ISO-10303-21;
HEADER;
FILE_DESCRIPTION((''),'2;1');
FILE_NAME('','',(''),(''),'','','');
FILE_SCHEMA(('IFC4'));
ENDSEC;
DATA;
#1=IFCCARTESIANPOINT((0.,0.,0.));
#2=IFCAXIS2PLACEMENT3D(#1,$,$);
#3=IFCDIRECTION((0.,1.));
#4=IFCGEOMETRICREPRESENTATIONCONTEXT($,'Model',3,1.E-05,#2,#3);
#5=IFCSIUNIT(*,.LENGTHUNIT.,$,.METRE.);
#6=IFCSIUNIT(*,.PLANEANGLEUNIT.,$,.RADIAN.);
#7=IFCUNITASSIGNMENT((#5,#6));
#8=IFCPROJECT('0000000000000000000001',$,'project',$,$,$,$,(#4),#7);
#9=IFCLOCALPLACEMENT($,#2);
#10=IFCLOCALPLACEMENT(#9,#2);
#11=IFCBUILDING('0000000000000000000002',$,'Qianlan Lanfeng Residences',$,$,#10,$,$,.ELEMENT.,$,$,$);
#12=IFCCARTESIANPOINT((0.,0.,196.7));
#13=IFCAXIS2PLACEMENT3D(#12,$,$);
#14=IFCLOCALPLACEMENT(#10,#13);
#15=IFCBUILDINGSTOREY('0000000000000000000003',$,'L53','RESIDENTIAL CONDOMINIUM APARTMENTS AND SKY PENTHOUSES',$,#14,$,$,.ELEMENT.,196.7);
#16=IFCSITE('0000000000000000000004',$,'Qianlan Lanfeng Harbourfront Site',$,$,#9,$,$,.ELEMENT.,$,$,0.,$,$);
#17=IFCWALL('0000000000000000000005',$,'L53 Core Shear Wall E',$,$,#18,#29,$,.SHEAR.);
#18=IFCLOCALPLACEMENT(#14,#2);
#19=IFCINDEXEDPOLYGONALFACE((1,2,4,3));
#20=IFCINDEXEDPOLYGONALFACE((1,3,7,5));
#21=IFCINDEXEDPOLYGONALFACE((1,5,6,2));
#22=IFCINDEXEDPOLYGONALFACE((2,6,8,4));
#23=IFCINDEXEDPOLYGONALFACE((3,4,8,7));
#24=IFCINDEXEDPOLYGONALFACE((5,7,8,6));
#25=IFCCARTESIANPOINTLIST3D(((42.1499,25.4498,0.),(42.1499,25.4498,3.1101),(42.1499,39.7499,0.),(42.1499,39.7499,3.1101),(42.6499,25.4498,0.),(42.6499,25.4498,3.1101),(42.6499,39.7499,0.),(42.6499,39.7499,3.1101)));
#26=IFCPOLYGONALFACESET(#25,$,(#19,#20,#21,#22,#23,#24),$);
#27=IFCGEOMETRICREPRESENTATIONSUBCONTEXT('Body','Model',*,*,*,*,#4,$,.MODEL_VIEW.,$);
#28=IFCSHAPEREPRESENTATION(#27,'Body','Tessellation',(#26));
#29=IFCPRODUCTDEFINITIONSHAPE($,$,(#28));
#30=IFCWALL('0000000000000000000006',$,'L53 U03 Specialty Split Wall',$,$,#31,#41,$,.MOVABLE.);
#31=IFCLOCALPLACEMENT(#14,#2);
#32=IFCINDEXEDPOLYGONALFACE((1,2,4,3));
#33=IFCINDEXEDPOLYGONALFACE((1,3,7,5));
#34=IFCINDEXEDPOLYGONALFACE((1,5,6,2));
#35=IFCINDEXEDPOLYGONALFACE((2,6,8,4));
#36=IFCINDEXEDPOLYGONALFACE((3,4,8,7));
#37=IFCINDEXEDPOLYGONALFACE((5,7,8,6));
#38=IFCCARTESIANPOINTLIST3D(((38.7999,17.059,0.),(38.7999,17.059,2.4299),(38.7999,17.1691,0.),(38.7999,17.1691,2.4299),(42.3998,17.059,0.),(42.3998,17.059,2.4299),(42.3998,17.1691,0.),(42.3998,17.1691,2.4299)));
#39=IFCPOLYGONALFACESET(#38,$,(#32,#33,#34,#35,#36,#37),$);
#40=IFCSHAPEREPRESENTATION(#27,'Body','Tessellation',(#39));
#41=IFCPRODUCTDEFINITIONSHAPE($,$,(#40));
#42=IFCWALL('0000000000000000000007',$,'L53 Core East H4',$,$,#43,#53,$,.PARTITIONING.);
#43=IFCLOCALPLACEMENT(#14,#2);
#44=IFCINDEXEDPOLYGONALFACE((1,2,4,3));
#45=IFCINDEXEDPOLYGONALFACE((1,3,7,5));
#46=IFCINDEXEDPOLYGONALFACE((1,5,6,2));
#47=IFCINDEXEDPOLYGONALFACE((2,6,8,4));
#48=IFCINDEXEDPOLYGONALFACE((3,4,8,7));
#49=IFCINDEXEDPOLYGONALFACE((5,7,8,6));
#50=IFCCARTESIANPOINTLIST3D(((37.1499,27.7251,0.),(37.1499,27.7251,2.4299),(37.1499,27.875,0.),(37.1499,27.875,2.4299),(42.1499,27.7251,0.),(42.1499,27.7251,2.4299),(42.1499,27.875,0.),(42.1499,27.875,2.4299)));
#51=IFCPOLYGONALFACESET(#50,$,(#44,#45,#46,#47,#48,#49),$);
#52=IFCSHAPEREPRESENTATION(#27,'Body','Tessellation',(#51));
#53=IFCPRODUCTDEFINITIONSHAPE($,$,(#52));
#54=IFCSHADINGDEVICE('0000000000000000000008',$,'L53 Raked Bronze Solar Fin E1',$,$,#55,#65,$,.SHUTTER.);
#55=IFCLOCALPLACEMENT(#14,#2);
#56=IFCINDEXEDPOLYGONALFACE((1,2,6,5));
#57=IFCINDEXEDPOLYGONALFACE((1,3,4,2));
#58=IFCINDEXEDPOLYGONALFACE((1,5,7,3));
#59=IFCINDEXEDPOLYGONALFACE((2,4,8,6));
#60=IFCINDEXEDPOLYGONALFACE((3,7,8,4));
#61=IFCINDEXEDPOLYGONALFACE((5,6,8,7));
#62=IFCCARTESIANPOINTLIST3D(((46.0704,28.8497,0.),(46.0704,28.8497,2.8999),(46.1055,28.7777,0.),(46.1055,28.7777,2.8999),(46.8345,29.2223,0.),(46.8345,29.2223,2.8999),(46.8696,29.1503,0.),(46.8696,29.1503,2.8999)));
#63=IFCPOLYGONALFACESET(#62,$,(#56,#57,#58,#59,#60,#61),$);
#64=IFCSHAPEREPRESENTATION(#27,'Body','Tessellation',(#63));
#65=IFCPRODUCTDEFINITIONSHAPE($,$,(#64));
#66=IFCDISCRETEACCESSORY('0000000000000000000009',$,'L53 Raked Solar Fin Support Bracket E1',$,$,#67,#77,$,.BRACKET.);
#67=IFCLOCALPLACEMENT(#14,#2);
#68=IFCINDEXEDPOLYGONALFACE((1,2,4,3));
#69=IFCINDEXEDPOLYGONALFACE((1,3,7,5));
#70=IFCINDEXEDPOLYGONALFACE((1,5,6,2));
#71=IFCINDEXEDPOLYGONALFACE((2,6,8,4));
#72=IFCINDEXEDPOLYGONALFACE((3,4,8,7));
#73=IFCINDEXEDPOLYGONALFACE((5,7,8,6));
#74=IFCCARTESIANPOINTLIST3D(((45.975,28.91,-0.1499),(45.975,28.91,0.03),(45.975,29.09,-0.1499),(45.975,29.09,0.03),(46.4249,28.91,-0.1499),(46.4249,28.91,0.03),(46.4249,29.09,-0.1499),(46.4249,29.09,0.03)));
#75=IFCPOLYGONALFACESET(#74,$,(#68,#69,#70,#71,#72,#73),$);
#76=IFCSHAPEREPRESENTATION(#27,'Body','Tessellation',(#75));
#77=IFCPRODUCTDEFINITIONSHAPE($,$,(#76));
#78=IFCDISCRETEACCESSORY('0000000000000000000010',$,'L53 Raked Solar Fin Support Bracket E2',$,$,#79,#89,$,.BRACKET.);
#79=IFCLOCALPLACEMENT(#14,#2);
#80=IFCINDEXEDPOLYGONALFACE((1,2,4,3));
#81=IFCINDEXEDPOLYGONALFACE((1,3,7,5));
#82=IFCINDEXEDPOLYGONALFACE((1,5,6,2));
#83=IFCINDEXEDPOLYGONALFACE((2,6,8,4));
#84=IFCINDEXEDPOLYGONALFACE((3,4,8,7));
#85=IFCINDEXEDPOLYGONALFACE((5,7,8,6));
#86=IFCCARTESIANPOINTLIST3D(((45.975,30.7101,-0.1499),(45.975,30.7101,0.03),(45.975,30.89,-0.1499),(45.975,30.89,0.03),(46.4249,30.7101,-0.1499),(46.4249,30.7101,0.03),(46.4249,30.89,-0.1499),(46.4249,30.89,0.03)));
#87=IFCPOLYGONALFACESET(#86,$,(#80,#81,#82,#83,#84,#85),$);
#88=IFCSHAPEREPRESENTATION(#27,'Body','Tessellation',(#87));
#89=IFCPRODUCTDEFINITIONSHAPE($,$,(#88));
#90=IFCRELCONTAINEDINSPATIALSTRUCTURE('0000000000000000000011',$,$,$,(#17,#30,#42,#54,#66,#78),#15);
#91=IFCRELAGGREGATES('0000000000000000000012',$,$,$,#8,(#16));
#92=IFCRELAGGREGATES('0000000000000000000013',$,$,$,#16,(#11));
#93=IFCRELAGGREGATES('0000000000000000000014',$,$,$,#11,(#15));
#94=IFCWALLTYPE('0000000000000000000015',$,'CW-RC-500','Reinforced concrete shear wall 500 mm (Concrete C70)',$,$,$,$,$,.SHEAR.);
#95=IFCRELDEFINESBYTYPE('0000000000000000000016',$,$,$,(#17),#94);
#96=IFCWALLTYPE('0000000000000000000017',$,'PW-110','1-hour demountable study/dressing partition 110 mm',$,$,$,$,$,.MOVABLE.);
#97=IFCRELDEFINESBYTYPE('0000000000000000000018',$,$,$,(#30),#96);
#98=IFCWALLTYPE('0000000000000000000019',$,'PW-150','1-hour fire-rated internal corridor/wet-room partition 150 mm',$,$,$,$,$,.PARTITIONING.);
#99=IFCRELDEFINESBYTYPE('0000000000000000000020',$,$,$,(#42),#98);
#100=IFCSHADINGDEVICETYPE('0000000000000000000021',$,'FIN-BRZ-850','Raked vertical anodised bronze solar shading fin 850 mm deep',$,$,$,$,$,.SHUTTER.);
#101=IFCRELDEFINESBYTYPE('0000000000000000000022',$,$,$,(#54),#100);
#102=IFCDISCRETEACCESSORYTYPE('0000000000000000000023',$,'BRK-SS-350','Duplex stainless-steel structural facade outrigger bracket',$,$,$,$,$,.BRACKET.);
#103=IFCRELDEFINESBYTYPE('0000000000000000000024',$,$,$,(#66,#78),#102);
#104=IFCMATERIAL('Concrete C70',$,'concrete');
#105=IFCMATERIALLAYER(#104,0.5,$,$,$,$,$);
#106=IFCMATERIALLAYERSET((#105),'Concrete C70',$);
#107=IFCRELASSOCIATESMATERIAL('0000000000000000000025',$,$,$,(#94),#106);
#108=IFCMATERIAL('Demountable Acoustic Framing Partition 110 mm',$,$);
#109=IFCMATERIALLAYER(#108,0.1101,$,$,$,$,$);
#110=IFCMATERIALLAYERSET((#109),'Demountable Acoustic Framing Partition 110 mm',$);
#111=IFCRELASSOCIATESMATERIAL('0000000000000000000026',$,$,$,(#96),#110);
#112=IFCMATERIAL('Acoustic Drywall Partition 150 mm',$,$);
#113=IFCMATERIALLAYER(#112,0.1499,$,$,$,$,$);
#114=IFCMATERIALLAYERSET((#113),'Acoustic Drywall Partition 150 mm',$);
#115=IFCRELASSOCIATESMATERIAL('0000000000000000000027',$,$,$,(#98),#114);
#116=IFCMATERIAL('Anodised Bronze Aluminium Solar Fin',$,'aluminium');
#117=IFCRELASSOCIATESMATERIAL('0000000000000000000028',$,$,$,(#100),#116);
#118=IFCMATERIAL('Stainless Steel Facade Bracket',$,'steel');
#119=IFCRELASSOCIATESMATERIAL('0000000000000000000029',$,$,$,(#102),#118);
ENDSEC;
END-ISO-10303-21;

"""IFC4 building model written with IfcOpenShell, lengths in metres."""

from ifc_helpers import new_model, si_unit, direction, frame, frame_2d, origin, origin_2d, place, context, subcontext, project, spatial, rectangle, extrude, source, transform, mapped, material, layer, layer_set, type_object, element, save


model = new_model("IFC4")

# Units and contexts
model_context = context("Model", 3, precision=1e-05, world=origin(), true_north=direction((0.0, 1.0)))
body_context = subcontext(model_context, "Body", "Model", "MODEL_VIEW")
ifc_project = project(units=[si_unit("LENGTHUNIT", "METRE"), si_unit("PLANEANGLEUNIT", "RADIAN")], contexts=[model_context])

# Site, building, storey
site_placement = place(None, origin())
site = spatial("IfcSite", under=ifc_project, at=site_placement, Name="Qianlan Lanfeng Harbourfront Site", CompositionType="ELEMENT", RefElevation=0.0)
building_placement = place(site_placement, origin())
building = spatial("IfcBuilding", under=site, at=building_placement, Name="Qianlan Lanfeng Residences", CompositionType="ELEMENT")
storey_placement = place(building_placement, frame((0.0, 0.0, 196.7)))
storey = spatial("IfcBuildingStorey", under=building, at=storey_placement, Name="L53", Description="RESIDENTIAL CONDOMINIUM APARTMENTS AND SKY PENTHOUSES", CompositionType="ELEMENT", Elevation=196.7)

# Walls
ifc_material_1 = material(Name="Concrete C70", Category="concrete")
ifc_layer_1 = layer(ifc_material_1, 0.5)
ifc_layer_set_1 = layer_set([ifc_layer_1], Name="Concrete C70")
wall_type_1 = type_object("IfcWallType", Name="CW-RC-500", Description="Reinforced concrete shear wall 500 mm (Concrete C70)", PredefinedType="SHEAR", material=ifc_layer_set_1)
wall_1_placement = place(storey_placement, frame((42.3999, 25.45, 0.0), z_axis=(0.0, 0.0, 1.0), x_axis=(0.0, 1.0, 0.0)))
element("IfcWall", 1, at=wall_1_placement, inside=storey, type_object=wall_type_1, Name="L53 Core Shear Wall E", PredefinedType="SHEAR", context=body_context, shape_type="SweptSolid", body=[
    extrude(rectangle(XDim=14.3, YDim=0.5, at=frame_2d((7.1499, 0.0))), origin(), (0.0, 0.0, 1.0), 3.1101),
])
ifc_material_2 = material(Name="Demountable Acoustic Framing Partition 110 mm")
ifc_layer_2 = layer(ifc_material_2, 0.1101)
ifc_layer_set_2 = layer_set([ifc_layer_2], Name="Demountable Acoustic Framing Partition 110 mm")
wall_type_2 = type_object("IfcWallType", Name="PW-110", Description="1-hour demountable study/dressing partition 110 mm", PredefinedType="MOVABLE", material=ifc_layer_set_2)
wall_2_placement = place(storey_placement, frame((38.8, 17.114, 0.0), z_axis=(0.0, 0.0, 1.0), x_axis=(1.0, 0.0, 0.0)))
element("IfcWall", 2, at=wall_2_placement, inside=storey, type_object=wall_type_2, Name="L53 U03 Specialty Split Wall", PredefinedType="MOVABLE", context=body_context, shape_type="SweptSolid", body=[
    extrude(rectangle(XDim=3.5999, YDim=0.1101, at=frame_2d((1.7998, 0.0))), origin(), (0.0, 0.0, 1.0), 2.4299),
])

# Wall
ifc_material_3 = material(Name="Acoustic Drywall Partition 150 mm")
ifc_layer_3 = layer(ifc_material_3, 0.1499)
ifc_layer_set_3 = layer_set([ifc_layer_3], Name="Acoustic Drywall Partition 150 mm")
wall_type_3 = type_object("IfcWallType", Name="PW-150", Description="1-hour fire-rated internal corridor/wet-room partition 150 mm", PredefinedType="PARTITIONING", material=ifc_layer_set_3)
wall_3_placement = place(storey_placement, frame((37.1499, 27.8, 0.0), z_axis=(0.0, 0.0, 1.0), x_axis=(1.0, 0.0, 0.0)))
element("IfcWall", 3, at=wall_3_placement, inside=storey, type_object=wall_type_3, Name="L53 Core East H4", PredefinedType="PARTITIONING", context=body_context, shape_type="SweptSolid", body=[
    extrude(rectangle(XDim=5.0, YDim=0.1499, at=frame_2d((2.5, 0.0))), origin(), (0.0, 0.0, 1.0), 2.4299),
])

# Shading device
ifc_material_4 = material(Name="Anodised Bronze Aluminium Solar Fin", Category="aluminium")
shading_device_type = type_object("IfcShadingDeviceType", Name="FIN-BRZ-850", Description="Raked vertical anodised bronze solar shading fin 850 mm deep", PredefinedType="SHUTTER", material=ifc_material_4)
shared_shape_1 = source(origin(), body_context, "Body", "SweptSolid", [
    extrude(rectangle(XDim=0.8501, YDim=0.0801, at=origin_2d()), origin(), (0.0, 0.0, 1.0), 2.8999),
])
shading_device_placement = place(storey_placement, frame((46.47, 29.0, 0.0), z_axis=(0.0, 0.0, 1.0), x_axis=(0.898794, 0.438371, 0.0)))
element("IfcShadingDevice", 4, at=shading_device_placement, inside=storey, type_object=shading_device_type, Name="L53 Raked Bronze Solar Fin E1", PredefinedType="SHUTTER", context=body_context, shape_type="MappedRepresentation", body=[
    mapped(shared_shape_1, transform((0.0, 0.0, 0.0), scale=1.0)),
])

# Discrete accessories
ifc_material_5 = material(Name="Stainless Steel Facade Bracket", Category="steel")
discrete_accessory_type = type_object("IfcDiscreteAccessoryType", Name="BRK-SS-350", Description="Duplex stainless-steel structural facade outrigger bracket", PredefinedType="BRACKET", material=ifc_material_5)
shared_shape_2 = source(origin(), body_context, "Body", "SweptSolid", [
    extrude(rectangle(XDim=0.45, YDim=0.1799, at=origin_2d()), origin(), (0.0, 0.0, 1.0), 0.1799),
])
for number, where, z_axis, x_axis, name in (
    (5, (46.2, 29.0, -0.1499), (0.0, 0.0, 1.0), (1.0, 0.0, 0.0), "L53 Raked Solar Fin Support Bracket E1"),
    (6, (46.2, 30.8, -0.1499), (0.0, 0.0, 1.0), (1.0, 0.0, 0.0), "L53 Raked Solar Fin Support Bracket E2"),
):
    element("IfcDiscreteAccessory", number, at=place(storey_placement, frame(where, z_axis=z_axis, x_axis=x_axis)), inside=storey, type_object=discrete_accessory_type, Name=name, PredefinedType="BRACKET", context=body_context, shape_type="MappedRepresentation", body=[
        mapped(shared_shape_2, transform((0.0, 0.0, 0.0), scale=1.0)),
    ])

save(model, "model.ifc")
